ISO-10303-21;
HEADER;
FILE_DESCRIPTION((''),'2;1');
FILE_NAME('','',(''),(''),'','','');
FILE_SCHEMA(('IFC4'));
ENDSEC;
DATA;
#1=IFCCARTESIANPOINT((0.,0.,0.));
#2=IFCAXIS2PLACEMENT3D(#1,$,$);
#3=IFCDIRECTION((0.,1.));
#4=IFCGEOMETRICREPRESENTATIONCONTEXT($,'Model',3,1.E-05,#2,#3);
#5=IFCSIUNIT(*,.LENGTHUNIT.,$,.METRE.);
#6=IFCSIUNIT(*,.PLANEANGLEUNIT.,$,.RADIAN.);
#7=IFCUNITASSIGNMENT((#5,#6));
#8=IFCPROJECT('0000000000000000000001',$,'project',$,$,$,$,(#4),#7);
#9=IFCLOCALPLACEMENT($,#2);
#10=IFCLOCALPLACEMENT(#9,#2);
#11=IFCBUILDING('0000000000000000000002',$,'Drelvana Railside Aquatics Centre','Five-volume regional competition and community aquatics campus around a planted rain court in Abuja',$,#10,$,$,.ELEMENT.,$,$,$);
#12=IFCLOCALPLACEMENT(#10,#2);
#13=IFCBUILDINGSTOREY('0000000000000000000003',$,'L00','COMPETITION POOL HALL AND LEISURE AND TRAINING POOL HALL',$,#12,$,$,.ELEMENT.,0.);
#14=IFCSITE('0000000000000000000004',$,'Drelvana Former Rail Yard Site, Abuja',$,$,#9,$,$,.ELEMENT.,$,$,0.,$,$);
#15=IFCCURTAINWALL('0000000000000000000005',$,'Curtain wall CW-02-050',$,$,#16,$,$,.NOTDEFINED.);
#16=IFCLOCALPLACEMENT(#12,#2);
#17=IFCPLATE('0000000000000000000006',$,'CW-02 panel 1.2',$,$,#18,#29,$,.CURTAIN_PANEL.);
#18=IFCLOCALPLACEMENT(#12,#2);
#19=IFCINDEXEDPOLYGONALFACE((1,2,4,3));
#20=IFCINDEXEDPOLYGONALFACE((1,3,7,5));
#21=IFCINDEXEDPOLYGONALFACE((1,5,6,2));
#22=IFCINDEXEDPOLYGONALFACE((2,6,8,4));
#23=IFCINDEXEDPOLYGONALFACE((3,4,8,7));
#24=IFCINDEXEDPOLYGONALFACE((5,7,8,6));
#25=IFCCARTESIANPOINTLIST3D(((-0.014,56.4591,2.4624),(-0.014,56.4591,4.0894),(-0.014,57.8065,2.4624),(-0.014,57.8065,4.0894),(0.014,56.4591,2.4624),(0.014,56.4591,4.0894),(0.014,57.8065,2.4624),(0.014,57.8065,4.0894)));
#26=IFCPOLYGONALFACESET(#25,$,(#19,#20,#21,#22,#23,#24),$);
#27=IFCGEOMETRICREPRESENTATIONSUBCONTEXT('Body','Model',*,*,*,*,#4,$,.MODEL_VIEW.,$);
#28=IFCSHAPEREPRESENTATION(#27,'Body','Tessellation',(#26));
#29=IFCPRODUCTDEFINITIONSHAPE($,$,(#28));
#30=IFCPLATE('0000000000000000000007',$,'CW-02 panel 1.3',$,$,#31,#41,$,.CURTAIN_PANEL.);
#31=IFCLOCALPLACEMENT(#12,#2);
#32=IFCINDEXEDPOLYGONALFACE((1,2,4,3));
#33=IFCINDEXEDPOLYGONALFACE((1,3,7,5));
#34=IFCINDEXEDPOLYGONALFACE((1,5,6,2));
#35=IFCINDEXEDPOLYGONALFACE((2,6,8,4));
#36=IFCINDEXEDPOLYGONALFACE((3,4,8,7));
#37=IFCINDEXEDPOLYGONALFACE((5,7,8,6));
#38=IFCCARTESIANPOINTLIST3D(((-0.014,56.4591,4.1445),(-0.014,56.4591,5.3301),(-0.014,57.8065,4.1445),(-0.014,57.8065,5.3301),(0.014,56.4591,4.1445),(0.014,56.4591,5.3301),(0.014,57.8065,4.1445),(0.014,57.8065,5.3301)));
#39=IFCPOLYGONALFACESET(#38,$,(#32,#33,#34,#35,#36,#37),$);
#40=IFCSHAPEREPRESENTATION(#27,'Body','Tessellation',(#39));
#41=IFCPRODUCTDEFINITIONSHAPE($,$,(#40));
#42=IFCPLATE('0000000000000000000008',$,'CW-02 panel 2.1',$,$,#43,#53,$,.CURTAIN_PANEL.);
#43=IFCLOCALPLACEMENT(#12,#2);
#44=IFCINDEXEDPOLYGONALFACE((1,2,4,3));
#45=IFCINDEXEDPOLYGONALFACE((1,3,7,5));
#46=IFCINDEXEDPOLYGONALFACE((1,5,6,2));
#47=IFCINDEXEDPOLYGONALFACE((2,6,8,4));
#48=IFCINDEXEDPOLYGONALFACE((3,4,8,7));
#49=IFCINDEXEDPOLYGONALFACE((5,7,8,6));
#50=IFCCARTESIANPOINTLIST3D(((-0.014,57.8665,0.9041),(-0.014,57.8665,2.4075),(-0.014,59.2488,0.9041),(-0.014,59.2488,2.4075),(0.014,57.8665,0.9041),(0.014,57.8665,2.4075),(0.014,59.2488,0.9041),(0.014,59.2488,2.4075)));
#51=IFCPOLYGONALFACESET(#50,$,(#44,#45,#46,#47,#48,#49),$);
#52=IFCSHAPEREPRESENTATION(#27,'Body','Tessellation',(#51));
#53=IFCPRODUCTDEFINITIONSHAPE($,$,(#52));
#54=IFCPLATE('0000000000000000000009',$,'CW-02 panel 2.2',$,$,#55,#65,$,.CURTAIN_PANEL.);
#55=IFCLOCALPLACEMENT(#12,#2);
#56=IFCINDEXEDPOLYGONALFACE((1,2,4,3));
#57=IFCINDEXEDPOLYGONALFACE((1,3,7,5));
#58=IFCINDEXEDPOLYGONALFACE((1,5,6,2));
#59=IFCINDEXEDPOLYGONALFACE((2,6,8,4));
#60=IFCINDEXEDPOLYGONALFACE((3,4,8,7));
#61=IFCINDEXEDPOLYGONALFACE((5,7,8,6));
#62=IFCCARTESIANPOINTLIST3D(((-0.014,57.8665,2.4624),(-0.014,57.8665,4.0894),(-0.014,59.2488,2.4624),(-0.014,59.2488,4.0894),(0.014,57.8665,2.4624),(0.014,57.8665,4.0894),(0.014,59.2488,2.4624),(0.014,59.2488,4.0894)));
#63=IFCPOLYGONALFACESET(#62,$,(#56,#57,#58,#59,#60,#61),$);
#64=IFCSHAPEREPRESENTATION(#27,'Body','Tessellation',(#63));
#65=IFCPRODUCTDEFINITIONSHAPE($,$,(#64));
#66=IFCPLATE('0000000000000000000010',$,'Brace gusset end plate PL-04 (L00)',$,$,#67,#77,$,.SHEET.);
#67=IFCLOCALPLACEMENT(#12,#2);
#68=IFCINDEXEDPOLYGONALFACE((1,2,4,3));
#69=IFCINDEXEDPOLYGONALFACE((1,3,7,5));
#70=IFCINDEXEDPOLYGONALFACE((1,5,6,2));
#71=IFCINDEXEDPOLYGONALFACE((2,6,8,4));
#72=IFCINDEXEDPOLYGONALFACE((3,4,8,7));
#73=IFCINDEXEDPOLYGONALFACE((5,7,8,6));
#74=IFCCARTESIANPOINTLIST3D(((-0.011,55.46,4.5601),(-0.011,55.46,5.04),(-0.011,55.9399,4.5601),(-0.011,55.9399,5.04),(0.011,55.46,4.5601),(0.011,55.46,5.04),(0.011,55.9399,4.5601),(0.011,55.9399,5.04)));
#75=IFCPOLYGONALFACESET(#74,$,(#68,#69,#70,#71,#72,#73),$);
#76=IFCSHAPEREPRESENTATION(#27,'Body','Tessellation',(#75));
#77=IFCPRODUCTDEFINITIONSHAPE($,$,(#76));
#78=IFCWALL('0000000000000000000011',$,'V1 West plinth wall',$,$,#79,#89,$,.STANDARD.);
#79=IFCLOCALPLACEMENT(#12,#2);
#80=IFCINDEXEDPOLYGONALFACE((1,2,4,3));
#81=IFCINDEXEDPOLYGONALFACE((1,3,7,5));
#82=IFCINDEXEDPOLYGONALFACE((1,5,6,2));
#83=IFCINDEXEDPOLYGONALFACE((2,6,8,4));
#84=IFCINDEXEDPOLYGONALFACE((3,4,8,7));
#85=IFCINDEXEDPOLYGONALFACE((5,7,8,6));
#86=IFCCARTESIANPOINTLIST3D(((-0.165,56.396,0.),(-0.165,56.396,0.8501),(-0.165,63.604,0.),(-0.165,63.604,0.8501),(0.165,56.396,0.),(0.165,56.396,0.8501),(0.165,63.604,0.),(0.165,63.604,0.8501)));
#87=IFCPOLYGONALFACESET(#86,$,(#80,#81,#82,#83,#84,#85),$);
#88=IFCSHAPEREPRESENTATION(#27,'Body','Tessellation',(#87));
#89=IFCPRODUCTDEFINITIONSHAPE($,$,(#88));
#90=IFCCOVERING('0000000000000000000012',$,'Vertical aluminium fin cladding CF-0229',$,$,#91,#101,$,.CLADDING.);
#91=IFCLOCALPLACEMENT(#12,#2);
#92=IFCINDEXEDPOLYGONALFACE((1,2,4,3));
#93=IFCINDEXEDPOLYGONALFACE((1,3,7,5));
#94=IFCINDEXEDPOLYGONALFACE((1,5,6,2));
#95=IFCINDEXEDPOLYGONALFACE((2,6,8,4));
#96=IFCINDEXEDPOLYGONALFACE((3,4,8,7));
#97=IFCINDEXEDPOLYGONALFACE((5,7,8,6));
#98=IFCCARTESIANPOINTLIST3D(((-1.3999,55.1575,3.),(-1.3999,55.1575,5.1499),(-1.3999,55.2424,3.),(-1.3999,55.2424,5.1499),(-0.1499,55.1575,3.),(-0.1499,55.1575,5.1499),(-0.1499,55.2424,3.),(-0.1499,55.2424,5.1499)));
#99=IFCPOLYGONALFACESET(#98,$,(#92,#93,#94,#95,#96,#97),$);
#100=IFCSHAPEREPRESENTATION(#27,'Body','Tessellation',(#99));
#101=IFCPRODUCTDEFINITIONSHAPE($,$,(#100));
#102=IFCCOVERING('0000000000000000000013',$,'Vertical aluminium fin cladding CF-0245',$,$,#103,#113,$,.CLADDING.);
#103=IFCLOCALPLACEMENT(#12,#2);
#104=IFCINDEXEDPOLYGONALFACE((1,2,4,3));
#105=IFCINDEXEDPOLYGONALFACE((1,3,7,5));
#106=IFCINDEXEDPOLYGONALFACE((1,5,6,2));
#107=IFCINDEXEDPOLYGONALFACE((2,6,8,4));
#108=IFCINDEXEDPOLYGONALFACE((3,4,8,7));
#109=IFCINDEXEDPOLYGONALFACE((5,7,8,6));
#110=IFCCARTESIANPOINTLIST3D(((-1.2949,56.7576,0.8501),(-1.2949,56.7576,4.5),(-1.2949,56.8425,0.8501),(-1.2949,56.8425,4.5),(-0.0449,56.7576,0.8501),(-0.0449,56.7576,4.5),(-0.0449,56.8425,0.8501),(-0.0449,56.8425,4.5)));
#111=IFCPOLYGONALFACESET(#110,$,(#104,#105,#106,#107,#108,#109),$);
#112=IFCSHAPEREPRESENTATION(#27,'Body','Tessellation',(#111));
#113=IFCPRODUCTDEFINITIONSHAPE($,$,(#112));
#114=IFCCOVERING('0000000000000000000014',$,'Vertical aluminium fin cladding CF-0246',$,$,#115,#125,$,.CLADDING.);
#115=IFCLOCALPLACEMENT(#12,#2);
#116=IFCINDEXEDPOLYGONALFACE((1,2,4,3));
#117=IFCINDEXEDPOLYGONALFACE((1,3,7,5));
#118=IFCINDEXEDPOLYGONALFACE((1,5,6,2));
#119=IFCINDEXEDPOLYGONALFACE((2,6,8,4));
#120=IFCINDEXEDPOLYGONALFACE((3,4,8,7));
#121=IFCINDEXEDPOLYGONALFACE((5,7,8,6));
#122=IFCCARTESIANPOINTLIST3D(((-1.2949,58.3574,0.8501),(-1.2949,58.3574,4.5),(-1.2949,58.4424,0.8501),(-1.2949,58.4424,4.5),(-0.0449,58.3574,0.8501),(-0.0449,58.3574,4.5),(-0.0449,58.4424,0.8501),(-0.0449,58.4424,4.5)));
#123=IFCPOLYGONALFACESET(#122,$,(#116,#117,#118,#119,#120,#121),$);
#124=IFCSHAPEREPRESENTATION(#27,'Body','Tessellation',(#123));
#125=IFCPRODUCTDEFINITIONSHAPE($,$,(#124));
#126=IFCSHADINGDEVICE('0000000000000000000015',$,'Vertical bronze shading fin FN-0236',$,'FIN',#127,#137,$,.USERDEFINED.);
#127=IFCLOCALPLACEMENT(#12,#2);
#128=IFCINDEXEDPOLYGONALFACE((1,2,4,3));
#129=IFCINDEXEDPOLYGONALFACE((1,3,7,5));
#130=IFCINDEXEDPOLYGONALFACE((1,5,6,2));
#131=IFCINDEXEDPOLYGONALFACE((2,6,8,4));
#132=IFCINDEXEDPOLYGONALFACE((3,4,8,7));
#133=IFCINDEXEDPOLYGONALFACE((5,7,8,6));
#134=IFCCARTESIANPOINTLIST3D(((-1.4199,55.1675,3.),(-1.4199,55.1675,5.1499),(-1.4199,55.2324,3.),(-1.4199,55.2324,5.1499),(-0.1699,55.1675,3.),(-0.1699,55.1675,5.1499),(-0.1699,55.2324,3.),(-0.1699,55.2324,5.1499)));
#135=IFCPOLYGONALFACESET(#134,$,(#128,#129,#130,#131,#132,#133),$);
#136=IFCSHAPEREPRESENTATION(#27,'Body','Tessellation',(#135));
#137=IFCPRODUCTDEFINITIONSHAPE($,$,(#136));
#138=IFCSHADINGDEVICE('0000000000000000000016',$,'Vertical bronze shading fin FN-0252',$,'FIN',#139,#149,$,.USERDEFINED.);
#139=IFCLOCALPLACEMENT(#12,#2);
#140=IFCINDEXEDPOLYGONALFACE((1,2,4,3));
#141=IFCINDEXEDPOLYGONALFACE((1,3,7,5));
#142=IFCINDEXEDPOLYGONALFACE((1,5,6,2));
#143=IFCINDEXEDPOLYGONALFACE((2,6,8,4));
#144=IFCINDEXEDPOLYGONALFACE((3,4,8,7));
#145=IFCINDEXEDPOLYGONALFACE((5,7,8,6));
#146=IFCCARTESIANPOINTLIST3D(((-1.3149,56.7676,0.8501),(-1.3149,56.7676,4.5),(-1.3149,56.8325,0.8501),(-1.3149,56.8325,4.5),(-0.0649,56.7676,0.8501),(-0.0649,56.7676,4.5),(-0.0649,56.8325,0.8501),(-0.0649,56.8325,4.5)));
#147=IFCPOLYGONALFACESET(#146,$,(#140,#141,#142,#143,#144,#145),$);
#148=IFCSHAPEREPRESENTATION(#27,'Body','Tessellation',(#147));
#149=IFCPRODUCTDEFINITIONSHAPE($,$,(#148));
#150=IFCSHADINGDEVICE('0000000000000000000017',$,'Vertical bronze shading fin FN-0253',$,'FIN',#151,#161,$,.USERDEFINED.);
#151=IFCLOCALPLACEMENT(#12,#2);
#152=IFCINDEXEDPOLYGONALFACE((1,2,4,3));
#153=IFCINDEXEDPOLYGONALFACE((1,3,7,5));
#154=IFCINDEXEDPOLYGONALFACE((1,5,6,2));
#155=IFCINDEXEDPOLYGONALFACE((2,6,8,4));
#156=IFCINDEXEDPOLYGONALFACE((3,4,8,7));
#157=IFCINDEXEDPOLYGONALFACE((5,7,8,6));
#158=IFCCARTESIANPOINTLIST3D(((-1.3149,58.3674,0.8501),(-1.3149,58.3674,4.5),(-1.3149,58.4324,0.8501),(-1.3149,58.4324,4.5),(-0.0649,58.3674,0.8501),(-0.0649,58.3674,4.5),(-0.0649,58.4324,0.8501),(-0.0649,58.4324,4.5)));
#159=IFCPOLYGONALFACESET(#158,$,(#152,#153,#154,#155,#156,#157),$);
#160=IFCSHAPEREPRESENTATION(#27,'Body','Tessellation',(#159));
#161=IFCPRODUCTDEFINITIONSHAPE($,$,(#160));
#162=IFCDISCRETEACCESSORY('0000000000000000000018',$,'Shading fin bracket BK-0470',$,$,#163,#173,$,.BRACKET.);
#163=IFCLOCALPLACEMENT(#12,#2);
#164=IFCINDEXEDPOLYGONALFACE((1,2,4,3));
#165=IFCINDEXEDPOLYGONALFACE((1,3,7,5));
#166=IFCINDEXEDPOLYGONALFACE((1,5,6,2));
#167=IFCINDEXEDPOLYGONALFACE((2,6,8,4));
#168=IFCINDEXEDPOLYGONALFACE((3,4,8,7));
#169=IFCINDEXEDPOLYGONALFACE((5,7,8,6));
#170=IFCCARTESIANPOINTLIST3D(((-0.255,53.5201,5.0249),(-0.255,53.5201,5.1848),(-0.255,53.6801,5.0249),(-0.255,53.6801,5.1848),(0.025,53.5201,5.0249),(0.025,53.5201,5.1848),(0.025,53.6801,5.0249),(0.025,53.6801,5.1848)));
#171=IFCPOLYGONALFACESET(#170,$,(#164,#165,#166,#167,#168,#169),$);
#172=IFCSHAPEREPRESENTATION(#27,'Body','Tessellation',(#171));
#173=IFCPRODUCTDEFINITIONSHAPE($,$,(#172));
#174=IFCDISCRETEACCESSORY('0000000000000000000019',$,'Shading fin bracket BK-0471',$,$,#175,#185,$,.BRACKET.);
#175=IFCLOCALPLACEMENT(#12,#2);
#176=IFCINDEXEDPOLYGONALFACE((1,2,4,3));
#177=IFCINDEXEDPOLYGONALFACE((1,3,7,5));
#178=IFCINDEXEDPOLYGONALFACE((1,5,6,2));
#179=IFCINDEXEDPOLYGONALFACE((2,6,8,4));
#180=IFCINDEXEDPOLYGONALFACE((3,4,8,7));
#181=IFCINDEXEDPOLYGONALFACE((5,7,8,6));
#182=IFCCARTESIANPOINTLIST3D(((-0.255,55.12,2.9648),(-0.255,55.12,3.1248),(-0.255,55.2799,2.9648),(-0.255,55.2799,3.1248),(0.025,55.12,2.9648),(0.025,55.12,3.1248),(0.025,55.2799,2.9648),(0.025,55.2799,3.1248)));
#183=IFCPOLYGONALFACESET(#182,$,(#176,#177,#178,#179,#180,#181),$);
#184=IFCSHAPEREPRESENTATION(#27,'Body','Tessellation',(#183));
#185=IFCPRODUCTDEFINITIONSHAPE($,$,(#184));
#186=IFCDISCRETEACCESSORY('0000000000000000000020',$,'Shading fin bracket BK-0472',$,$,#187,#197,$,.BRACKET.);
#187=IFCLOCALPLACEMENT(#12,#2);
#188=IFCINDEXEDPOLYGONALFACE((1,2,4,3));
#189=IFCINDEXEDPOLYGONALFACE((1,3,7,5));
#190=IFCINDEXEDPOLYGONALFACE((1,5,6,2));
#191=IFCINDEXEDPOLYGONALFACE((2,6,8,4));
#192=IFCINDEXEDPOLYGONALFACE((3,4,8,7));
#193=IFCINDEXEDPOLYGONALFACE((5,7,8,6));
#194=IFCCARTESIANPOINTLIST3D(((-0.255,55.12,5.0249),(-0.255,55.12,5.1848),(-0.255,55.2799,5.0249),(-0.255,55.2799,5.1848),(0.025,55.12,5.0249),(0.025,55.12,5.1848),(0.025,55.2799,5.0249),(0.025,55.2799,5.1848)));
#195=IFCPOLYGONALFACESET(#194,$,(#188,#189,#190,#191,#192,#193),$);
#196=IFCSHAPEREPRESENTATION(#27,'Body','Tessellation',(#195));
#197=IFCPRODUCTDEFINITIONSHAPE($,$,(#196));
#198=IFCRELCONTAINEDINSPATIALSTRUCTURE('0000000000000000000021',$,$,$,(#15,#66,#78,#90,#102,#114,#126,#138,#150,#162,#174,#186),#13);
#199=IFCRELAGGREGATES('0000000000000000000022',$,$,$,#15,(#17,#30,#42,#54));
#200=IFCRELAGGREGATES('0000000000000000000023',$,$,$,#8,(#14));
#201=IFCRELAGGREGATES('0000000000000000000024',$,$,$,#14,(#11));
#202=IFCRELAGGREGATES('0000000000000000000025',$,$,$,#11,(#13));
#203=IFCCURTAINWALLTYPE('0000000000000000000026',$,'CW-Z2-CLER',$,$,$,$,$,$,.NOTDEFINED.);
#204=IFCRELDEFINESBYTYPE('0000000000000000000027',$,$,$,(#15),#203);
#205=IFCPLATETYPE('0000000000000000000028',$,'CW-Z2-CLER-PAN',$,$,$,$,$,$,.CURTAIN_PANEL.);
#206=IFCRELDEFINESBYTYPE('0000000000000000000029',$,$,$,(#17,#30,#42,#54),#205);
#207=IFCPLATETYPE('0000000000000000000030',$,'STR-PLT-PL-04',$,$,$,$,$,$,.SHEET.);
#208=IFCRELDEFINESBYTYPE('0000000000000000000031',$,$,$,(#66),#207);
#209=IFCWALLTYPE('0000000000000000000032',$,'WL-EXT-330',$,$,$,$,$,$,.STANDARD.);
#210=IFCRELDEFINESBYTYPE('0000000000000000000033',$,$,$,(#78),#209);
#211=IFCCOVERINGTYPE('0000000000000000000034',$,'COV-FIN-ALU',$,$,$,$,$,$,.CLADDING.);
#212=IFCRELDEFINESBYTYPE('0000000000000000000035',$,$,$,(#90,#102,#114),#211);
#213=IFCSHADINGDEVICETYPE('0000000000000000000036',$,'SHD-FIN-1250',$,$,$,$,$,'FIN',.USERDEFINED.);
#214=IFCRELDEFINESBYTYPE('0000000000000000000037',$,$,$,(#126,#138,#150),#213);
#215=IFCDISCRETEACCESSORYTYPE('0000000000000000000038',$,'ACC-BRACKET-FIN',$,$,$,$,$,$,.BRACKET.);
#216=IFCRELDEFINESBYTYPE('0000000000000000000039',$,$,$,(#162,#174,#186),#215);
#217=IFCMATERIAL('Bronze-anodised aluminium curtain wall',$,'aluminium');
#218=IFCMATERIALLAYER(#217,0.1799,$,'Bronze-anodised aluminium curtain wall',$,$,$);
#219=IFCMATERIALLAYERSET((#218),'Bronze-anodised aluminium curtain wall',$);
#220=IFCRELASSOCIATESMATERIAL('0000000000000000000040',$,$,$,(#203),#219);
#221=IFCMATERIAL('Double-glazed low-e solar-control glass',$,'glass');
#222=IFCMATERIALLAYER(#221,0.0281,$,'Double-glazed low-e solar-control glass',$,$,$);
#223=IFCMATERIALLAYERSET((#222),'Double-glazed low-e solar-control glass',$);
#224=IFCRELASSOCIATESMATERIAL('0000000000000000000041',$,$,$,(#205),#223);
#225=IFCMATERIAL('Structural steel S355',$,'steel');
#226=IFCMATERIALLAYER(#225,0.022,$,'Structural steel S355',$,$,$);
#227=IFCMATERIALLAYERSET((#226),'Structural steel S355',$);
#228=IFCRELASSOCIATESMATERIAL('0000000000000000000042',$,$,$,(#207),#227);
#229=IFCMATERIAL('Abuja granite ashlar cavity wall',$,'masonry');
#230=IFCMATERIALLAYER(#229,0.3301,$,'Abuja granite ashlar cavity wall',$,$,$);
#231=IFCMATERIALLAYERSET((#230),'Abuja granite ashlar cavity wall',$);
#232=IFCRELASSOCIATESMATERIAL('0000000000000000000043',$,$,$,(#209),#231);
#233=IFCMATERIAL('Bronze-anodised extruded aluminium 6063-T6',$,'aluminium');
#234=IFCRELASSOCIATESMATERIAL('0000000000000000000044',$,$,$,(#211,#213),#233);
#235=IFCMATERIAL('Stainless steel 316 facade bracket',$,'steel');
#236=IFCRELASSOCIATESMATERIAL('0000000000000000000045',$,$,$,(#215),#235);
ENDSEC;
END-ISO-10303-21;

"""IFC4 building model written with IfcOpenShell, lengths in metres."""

from ifc_helpers import new_model, si_unit, direction, frame, frame_2d, origin, origin_2d, place, context, subcontext, project, spatial, rectangle, extrude, material, layer, layer_set, type_object, element, aggregate, save


model = new_model("IFC4")

# Units and contexts
model_context = context("Model", 3, precision=1e-05, world=origin(), true_north=direction((0.0, 1.0)))
body_context = subcontext(model_context, "Body", "Model", "MODEL_VIEW")
ifc_project = project(units=[si_unit("LENGTHUNIT", "METRE"), si_unit("PLANEANGLEUNIT", "RADIAN")], contexts=[model_context])

# Site, building, storey
site_placement = place(None, origin())
site = spatial("IfcSite", under=ifc_project, at=site_placement, Name="Drelvana Former Rail Yard Site, Abuja", CompositionType="ELEMENT", RefElevation=0.0)
building_placement = place(site_placement, origin())
building = spatial("IfcBuilding", under=site, at=building_placement, Name="Drelvana Railside Aquatics Centre", Description="Five-volume regional competition and community aquatics campus around a planted rain court in Abuja", CompositionType="ELEMENT")
storey_placement = place(building_placement, origin())
storey = spatial("IfcBuildingStorey", under=building, at=storey_placement, Name="L00", Description="COMPETITION POOL HALL AND LEISURE AND TRAINING POOL HALL", CompositionType="ELEMENT", Elevation=0.0)

# Curtain wall
ifc_material_1 = material(Name="Bronze-anodised aluminium curtain wall", Category="aluminium")
ifc_layer_1 = layer(ifc_material_1, 0.1799, Name="Bronze-anodised aluminium curtain wall")
ifc_layer_set_1 = layer_set([ifc_layer_1], Name="Bronze-anodised aluminium curtain wall")
curtain_wall_type = type_object("IfcCurtainWallType", Name="CW-Z2-CLER", PredefinedType="NOTDEFINED", material=ifc_layer_set_1)
curtain_wall_placement = place(storey_placement, origin())
curtain_wall = element("IfcCurtainWall", 1, at=curtain_wall_placement, inside=storey, type_object=curtain_wall_type, Name="Curtain wall CW-02-050", PredefinedType="NOTDEFINED")

# Shared definitions
ifc_material_2 = material(Name="Structural steel S355", Category="steel")

# Plates
ifc_material_3 = material(Name="Double-glazed low-e solar-control glass", Category="glass")
ifc_layer_2 = layer(ifc_material_3, 0.0281, Name="Double-glazed low-e solar-control glass")
ifc_layer_set_2 = layer_set([ifc_layer_2], Name="Double-glazed low-e solar-control glass")
plate_type_1 = type_object("IfcPlateType", Name="CW-Z2-CLER-PAN", PredefinedType="CURTAIN_PANEL", material=ifc_layer_set_2)
plate_1_placement = place(storey_placement, frame((0.0, 57.1328, 2.4624), z_axis=(0.0, 0.0, 1.0), x_axis=(0.0, 1.0, 0.0)))
plate_1 = element("IfcPlate", 2, at=plate_1_placement, type_object=plate_type_1, Name="CW-02 panel 1.2", PredefinedType="CURTAIN_PANEL", context=body_context, shape_type="SweptSolid", body=[
    extrude(rectangle(XDim=1.3474, YDim=0.0281, at=origin_2d()), origin(), (0.0, 0.0, 1.0), 1.627),
])
plate_2_placement = place(storey_placement, frame((0.0, 57.1328, 4.1445), z_axis=(0.0, 0.0, 1.0), x_axis=(0.0, 1.0, 0.0)))
plate_2 = element("IfcPlate", 3, at=plate_2_placement, type_object=plate_type_1, Name="CW-02 panel 1.3", PredefinedType="CURTAIN_PANEL", context=body_context, shape_type="SweptSolid", body=[
    extrude(rectangle(XDim=1.3474, YDim=0.0281, at=origin_2d()), origin(), (0.0, 0.0, 1.0), 1.1855),
])
plate_3_placement = place(storey_placement, frame((0.0, 58.5576, 0.9041), z_axis=(0.0, 0.0, 1.0), x_axis=(0.0, 1.0, 0.0)))
plate_3 = element("IfcPlate", 4, at=plate_3_placement, type_object=plate_type_1, Name="CW-02 panel 2.1", PredefinedType="CURTAIN_PANEL", context=body_context, shape_type="SweptSolid", body=[
    extrude(rectangle(XDim=1.3823, YDim=0.0281, at=origin_2d()), origin(), (0.0, 0.0, 1.0), 1.5034),
])
plate_4_placement = place(storey_placement, frame((0.0, 58.5576, 2.4624), z_axis=(0.0, 0.0, 1.0), x_axis=(0.0, 1.0, 0.0)))
plate_4 = element("IfcPlate", 5, at=plate_4_placement, type_object=plate_type_1, Name="CW-02 panel 2.2", PredefinedType="CURTAIN_PANEL", context=body_context, shape_type="SweptSolid", body=[
    extrude(rectangle(XDim=1.3823, YDim=0.0281, at=origin_2d()), origin(), (0.0, 0.0, 1.0), 1.627),
])
aggregate(curtain_wall, [plate_1, plate_2, plate_3, plate_4])
ifc_layer_3 = layer(ifc_material_2, 0.022, Name="Structural steel S355")
ifc_layer_set_3 = layer_set([ifc_layer_3], Name="Structural steel S355")
plate_type_2 = type_object("IfcPlateType", Name="STR-PLT-PL-04", PredefinedType="SHEET", material=ifc_layer_set_3)
plate_5_placement = place(storey_placement, frame((0.0, 55.7, 4.5601), z_axis=(0.0, 0.0, 1.0), x_axis=(1.0, 0.0, 0.0)))
element("IfcPlate", 6, at=plate_5_placement, inside=storey, type_object=plate_type_2, Name="Brace gusset end plate PL-04 (L00)", PredefinedType="SHEET", context=body_context, shape_type="SweptSolid", body=[
    extrude(rectangle(XDim=0.022, YDim=0.48, at=origin_2d()), origin(), (0.0, 0.0, 1.0), 0.48),
])

# Wall
ifc_material_4 = material(Name="Abuja granite ashlar cavity wall", Category="masonry")
ifc_layer_4 = layer(ifc_material_4, 0.3301, Name="Abuja granite ashlar cavity wall")
ifc_layer_set_4 = layer_set([ifc_layer_4], Name="Abuja granite ashlar cavity wall")
wall_type = type_object("IfcWallType", Name="WL-EXT-330", PredefinedType="STANDARD", material=ifc_layer_set_4)
wall_placement = place(storey_placement, frame((0.0, 56.396, 0.0), z_axis=(0.0, 0.0, 1.0), x_axis=(0.0, 1.0, 0.0)))
element("IfcWall", 7, at=wall_placement, inside=storey, type_object=wall_type, Name="V1 West plinth wall", PredefinedType="STANDARD", context=body_context, shape_type="SweptSolid", body=[
    extrude(rectangle(XDim=7.208, YDim=0.3301, at=frame_2d((3.604, 0.0))), origin(), (0.0, 0.0, 1.0), 0.8501),
])

# Coverings
ifc_material_5 = material(Name="Bronze-anodised extruded aluminium 6063-T6", Category="aluminium")
covering_type = type_object("IfcCoveringType", Name="COV-FIN-ALU", PredefinedType="CLADDING", material=ifc_material_5)
covering_placement = place(storey_placement, frame((-0.7749, 55.2, 3.0), z_axis=(0.0, 0.0, 1.0), x_axis=(0.0, 1.0, 0.0)))
element("IfcCovering", 8, at=covering_placement, inside=storey, type_object=covering_type, Name="Vertical aluminium fin cladding CF-0229", PredefinedType="CLADDING", context=body_context, shape_type="SweptSolid", body=[
    extrude(rectangle(XDim=0.085, YDim=1.25, at=origin_2d()), origin(), (0.0, 0.0, 1.0), 2.1499),
])
for number, where, z_axis, x_axis, name in (
    (9, (-0.6699, 56.8, 0.8501), (0.0, 0.0, 1.0), (0.0, 1.0, 0.0), "Vertical aluminium fin cladding CF-0245"),
    (10, (-0.6699, 58.3999, 0.8501), (0.0, 0.0, 1.0), (0.0, 1.0, 0.0), "Vertical aluminium fin cladding CF-0246"),
):
    element("IfcCovering", number, at=place(storey_placement, frame(where, z_axis=z_axis, x_axis=x_axis)), inside=storey, type_object=covering_type, Name=name, PredefinedType="CLADDING", context=body_context, shape_type="SweptSolid", body=[
        extrude(rectangle(XDim=0.085, YDim=1.25, at=origin_2d()), origin(), (0.0, 0.0, 1.0), 3.6499),
    ])

# Shading devices
shading_device_type = type_object("IfcShadingDeviceType", Name="SHD-FIN-1250", ElementType="FIN", PredefinedType="USERDEFINED", material=ifc_material_5)
shading_device_placement = place(storey_placement, frame((-0.7949, 55.2, 3.0), z_axis=(0.0, 0.0, 1.0), x_axis=(-1.0, 0.0, 0.0)))
element("IfcShadingDevice", 11, at=shading_device_placement, inside=storey, type_object=shading_device_type, Name="Vertical bronze shading fin FN-0236", ObjectType="FIN", PredefinedType="USERDEFINED", context=body_context, shape_type="SweptSolid", body=[
    extrude(rectangle(XDim=1.25, YDim=0.0649, at=origin_2d()), origin(), (0.0, 0.0, 1.0), 2.1499),
])
for number, where, z_axis, x_axis, name in (
    (12, (-0.6899, 56.8, 0.8501), (0.0, 0.0, 1.0), (-1.0, 0.0, 0.0), "Vertical bronze shading fin FN-0252"),
    (13, (-0.6899, 58.3999, 0.8501), (0.0, 0.0, 1.0), (-1.0, 0.0, 0.0), "Vertical bronze shading fin FN-0253"),
):
    element("IfcShadingDevice", number, at=place(storey_placement, frame(where, z_axis=z_axis, x_axis=x_axis)), inside=storey, type_object=shading_device_type, Name=name, ObjectType="FIN", PredefinedType="USERDEFINED", context=body_context, shape_type="SweptSolid", body=[
        extrude(rectangle(XDim=1.25, YDim=0.0649, at=origin_2d()), origin(), (0.0, 0.0, 1.0), 3.6499),
    ])

# Discrete accessories
ifc_material_6 = material(Name="Stainless steel 316 facade bracket", Category="steel")
discrete_accessory_type = type_object("IfcDiscreteAccessoryType", Name="ACC-BRACKET-FIN", PredefinedType="BRACKET", material=ifc_material_6)
for number, where, z_axis, x_axis, name in (
    (14, (-0.115, 53.6001, 5.0249), (0.0, 0.0, 1.0), (-1.0, 0.0, 0.0), "Shading fin bracket BK-0470"),
    (15, (-0.115, 55.2, 2.9648), (0.0, 0.0, 1.0), (-1.0, 0.0, 0.0), "Shading fin bracket BK-0471"),
    (16, (-0.115, 55.2, 5.0249), (0.0, 0.0, 1.0), (-1.0, 0.0, 0.0), "Shading fin bracket BK-0472"),
):
    element("IfcDiscreteAccessory", number, at=place(storey_placement, frame(where, z_axis=z_axis, x_axis=x_axis)), inside=storey, type_object=discrete_accessory_type, Name=name, PredefinedType="BRACKET", context=body_context, shape_type="SweptSolid", body=[
        extrude(rectangle(XDim=0.28, YDim=0.1599, at=origin_2d()), origin(), (0.0, 0.0, 1.0), 0.1599),
    ])

save(model, "model.ifc")
